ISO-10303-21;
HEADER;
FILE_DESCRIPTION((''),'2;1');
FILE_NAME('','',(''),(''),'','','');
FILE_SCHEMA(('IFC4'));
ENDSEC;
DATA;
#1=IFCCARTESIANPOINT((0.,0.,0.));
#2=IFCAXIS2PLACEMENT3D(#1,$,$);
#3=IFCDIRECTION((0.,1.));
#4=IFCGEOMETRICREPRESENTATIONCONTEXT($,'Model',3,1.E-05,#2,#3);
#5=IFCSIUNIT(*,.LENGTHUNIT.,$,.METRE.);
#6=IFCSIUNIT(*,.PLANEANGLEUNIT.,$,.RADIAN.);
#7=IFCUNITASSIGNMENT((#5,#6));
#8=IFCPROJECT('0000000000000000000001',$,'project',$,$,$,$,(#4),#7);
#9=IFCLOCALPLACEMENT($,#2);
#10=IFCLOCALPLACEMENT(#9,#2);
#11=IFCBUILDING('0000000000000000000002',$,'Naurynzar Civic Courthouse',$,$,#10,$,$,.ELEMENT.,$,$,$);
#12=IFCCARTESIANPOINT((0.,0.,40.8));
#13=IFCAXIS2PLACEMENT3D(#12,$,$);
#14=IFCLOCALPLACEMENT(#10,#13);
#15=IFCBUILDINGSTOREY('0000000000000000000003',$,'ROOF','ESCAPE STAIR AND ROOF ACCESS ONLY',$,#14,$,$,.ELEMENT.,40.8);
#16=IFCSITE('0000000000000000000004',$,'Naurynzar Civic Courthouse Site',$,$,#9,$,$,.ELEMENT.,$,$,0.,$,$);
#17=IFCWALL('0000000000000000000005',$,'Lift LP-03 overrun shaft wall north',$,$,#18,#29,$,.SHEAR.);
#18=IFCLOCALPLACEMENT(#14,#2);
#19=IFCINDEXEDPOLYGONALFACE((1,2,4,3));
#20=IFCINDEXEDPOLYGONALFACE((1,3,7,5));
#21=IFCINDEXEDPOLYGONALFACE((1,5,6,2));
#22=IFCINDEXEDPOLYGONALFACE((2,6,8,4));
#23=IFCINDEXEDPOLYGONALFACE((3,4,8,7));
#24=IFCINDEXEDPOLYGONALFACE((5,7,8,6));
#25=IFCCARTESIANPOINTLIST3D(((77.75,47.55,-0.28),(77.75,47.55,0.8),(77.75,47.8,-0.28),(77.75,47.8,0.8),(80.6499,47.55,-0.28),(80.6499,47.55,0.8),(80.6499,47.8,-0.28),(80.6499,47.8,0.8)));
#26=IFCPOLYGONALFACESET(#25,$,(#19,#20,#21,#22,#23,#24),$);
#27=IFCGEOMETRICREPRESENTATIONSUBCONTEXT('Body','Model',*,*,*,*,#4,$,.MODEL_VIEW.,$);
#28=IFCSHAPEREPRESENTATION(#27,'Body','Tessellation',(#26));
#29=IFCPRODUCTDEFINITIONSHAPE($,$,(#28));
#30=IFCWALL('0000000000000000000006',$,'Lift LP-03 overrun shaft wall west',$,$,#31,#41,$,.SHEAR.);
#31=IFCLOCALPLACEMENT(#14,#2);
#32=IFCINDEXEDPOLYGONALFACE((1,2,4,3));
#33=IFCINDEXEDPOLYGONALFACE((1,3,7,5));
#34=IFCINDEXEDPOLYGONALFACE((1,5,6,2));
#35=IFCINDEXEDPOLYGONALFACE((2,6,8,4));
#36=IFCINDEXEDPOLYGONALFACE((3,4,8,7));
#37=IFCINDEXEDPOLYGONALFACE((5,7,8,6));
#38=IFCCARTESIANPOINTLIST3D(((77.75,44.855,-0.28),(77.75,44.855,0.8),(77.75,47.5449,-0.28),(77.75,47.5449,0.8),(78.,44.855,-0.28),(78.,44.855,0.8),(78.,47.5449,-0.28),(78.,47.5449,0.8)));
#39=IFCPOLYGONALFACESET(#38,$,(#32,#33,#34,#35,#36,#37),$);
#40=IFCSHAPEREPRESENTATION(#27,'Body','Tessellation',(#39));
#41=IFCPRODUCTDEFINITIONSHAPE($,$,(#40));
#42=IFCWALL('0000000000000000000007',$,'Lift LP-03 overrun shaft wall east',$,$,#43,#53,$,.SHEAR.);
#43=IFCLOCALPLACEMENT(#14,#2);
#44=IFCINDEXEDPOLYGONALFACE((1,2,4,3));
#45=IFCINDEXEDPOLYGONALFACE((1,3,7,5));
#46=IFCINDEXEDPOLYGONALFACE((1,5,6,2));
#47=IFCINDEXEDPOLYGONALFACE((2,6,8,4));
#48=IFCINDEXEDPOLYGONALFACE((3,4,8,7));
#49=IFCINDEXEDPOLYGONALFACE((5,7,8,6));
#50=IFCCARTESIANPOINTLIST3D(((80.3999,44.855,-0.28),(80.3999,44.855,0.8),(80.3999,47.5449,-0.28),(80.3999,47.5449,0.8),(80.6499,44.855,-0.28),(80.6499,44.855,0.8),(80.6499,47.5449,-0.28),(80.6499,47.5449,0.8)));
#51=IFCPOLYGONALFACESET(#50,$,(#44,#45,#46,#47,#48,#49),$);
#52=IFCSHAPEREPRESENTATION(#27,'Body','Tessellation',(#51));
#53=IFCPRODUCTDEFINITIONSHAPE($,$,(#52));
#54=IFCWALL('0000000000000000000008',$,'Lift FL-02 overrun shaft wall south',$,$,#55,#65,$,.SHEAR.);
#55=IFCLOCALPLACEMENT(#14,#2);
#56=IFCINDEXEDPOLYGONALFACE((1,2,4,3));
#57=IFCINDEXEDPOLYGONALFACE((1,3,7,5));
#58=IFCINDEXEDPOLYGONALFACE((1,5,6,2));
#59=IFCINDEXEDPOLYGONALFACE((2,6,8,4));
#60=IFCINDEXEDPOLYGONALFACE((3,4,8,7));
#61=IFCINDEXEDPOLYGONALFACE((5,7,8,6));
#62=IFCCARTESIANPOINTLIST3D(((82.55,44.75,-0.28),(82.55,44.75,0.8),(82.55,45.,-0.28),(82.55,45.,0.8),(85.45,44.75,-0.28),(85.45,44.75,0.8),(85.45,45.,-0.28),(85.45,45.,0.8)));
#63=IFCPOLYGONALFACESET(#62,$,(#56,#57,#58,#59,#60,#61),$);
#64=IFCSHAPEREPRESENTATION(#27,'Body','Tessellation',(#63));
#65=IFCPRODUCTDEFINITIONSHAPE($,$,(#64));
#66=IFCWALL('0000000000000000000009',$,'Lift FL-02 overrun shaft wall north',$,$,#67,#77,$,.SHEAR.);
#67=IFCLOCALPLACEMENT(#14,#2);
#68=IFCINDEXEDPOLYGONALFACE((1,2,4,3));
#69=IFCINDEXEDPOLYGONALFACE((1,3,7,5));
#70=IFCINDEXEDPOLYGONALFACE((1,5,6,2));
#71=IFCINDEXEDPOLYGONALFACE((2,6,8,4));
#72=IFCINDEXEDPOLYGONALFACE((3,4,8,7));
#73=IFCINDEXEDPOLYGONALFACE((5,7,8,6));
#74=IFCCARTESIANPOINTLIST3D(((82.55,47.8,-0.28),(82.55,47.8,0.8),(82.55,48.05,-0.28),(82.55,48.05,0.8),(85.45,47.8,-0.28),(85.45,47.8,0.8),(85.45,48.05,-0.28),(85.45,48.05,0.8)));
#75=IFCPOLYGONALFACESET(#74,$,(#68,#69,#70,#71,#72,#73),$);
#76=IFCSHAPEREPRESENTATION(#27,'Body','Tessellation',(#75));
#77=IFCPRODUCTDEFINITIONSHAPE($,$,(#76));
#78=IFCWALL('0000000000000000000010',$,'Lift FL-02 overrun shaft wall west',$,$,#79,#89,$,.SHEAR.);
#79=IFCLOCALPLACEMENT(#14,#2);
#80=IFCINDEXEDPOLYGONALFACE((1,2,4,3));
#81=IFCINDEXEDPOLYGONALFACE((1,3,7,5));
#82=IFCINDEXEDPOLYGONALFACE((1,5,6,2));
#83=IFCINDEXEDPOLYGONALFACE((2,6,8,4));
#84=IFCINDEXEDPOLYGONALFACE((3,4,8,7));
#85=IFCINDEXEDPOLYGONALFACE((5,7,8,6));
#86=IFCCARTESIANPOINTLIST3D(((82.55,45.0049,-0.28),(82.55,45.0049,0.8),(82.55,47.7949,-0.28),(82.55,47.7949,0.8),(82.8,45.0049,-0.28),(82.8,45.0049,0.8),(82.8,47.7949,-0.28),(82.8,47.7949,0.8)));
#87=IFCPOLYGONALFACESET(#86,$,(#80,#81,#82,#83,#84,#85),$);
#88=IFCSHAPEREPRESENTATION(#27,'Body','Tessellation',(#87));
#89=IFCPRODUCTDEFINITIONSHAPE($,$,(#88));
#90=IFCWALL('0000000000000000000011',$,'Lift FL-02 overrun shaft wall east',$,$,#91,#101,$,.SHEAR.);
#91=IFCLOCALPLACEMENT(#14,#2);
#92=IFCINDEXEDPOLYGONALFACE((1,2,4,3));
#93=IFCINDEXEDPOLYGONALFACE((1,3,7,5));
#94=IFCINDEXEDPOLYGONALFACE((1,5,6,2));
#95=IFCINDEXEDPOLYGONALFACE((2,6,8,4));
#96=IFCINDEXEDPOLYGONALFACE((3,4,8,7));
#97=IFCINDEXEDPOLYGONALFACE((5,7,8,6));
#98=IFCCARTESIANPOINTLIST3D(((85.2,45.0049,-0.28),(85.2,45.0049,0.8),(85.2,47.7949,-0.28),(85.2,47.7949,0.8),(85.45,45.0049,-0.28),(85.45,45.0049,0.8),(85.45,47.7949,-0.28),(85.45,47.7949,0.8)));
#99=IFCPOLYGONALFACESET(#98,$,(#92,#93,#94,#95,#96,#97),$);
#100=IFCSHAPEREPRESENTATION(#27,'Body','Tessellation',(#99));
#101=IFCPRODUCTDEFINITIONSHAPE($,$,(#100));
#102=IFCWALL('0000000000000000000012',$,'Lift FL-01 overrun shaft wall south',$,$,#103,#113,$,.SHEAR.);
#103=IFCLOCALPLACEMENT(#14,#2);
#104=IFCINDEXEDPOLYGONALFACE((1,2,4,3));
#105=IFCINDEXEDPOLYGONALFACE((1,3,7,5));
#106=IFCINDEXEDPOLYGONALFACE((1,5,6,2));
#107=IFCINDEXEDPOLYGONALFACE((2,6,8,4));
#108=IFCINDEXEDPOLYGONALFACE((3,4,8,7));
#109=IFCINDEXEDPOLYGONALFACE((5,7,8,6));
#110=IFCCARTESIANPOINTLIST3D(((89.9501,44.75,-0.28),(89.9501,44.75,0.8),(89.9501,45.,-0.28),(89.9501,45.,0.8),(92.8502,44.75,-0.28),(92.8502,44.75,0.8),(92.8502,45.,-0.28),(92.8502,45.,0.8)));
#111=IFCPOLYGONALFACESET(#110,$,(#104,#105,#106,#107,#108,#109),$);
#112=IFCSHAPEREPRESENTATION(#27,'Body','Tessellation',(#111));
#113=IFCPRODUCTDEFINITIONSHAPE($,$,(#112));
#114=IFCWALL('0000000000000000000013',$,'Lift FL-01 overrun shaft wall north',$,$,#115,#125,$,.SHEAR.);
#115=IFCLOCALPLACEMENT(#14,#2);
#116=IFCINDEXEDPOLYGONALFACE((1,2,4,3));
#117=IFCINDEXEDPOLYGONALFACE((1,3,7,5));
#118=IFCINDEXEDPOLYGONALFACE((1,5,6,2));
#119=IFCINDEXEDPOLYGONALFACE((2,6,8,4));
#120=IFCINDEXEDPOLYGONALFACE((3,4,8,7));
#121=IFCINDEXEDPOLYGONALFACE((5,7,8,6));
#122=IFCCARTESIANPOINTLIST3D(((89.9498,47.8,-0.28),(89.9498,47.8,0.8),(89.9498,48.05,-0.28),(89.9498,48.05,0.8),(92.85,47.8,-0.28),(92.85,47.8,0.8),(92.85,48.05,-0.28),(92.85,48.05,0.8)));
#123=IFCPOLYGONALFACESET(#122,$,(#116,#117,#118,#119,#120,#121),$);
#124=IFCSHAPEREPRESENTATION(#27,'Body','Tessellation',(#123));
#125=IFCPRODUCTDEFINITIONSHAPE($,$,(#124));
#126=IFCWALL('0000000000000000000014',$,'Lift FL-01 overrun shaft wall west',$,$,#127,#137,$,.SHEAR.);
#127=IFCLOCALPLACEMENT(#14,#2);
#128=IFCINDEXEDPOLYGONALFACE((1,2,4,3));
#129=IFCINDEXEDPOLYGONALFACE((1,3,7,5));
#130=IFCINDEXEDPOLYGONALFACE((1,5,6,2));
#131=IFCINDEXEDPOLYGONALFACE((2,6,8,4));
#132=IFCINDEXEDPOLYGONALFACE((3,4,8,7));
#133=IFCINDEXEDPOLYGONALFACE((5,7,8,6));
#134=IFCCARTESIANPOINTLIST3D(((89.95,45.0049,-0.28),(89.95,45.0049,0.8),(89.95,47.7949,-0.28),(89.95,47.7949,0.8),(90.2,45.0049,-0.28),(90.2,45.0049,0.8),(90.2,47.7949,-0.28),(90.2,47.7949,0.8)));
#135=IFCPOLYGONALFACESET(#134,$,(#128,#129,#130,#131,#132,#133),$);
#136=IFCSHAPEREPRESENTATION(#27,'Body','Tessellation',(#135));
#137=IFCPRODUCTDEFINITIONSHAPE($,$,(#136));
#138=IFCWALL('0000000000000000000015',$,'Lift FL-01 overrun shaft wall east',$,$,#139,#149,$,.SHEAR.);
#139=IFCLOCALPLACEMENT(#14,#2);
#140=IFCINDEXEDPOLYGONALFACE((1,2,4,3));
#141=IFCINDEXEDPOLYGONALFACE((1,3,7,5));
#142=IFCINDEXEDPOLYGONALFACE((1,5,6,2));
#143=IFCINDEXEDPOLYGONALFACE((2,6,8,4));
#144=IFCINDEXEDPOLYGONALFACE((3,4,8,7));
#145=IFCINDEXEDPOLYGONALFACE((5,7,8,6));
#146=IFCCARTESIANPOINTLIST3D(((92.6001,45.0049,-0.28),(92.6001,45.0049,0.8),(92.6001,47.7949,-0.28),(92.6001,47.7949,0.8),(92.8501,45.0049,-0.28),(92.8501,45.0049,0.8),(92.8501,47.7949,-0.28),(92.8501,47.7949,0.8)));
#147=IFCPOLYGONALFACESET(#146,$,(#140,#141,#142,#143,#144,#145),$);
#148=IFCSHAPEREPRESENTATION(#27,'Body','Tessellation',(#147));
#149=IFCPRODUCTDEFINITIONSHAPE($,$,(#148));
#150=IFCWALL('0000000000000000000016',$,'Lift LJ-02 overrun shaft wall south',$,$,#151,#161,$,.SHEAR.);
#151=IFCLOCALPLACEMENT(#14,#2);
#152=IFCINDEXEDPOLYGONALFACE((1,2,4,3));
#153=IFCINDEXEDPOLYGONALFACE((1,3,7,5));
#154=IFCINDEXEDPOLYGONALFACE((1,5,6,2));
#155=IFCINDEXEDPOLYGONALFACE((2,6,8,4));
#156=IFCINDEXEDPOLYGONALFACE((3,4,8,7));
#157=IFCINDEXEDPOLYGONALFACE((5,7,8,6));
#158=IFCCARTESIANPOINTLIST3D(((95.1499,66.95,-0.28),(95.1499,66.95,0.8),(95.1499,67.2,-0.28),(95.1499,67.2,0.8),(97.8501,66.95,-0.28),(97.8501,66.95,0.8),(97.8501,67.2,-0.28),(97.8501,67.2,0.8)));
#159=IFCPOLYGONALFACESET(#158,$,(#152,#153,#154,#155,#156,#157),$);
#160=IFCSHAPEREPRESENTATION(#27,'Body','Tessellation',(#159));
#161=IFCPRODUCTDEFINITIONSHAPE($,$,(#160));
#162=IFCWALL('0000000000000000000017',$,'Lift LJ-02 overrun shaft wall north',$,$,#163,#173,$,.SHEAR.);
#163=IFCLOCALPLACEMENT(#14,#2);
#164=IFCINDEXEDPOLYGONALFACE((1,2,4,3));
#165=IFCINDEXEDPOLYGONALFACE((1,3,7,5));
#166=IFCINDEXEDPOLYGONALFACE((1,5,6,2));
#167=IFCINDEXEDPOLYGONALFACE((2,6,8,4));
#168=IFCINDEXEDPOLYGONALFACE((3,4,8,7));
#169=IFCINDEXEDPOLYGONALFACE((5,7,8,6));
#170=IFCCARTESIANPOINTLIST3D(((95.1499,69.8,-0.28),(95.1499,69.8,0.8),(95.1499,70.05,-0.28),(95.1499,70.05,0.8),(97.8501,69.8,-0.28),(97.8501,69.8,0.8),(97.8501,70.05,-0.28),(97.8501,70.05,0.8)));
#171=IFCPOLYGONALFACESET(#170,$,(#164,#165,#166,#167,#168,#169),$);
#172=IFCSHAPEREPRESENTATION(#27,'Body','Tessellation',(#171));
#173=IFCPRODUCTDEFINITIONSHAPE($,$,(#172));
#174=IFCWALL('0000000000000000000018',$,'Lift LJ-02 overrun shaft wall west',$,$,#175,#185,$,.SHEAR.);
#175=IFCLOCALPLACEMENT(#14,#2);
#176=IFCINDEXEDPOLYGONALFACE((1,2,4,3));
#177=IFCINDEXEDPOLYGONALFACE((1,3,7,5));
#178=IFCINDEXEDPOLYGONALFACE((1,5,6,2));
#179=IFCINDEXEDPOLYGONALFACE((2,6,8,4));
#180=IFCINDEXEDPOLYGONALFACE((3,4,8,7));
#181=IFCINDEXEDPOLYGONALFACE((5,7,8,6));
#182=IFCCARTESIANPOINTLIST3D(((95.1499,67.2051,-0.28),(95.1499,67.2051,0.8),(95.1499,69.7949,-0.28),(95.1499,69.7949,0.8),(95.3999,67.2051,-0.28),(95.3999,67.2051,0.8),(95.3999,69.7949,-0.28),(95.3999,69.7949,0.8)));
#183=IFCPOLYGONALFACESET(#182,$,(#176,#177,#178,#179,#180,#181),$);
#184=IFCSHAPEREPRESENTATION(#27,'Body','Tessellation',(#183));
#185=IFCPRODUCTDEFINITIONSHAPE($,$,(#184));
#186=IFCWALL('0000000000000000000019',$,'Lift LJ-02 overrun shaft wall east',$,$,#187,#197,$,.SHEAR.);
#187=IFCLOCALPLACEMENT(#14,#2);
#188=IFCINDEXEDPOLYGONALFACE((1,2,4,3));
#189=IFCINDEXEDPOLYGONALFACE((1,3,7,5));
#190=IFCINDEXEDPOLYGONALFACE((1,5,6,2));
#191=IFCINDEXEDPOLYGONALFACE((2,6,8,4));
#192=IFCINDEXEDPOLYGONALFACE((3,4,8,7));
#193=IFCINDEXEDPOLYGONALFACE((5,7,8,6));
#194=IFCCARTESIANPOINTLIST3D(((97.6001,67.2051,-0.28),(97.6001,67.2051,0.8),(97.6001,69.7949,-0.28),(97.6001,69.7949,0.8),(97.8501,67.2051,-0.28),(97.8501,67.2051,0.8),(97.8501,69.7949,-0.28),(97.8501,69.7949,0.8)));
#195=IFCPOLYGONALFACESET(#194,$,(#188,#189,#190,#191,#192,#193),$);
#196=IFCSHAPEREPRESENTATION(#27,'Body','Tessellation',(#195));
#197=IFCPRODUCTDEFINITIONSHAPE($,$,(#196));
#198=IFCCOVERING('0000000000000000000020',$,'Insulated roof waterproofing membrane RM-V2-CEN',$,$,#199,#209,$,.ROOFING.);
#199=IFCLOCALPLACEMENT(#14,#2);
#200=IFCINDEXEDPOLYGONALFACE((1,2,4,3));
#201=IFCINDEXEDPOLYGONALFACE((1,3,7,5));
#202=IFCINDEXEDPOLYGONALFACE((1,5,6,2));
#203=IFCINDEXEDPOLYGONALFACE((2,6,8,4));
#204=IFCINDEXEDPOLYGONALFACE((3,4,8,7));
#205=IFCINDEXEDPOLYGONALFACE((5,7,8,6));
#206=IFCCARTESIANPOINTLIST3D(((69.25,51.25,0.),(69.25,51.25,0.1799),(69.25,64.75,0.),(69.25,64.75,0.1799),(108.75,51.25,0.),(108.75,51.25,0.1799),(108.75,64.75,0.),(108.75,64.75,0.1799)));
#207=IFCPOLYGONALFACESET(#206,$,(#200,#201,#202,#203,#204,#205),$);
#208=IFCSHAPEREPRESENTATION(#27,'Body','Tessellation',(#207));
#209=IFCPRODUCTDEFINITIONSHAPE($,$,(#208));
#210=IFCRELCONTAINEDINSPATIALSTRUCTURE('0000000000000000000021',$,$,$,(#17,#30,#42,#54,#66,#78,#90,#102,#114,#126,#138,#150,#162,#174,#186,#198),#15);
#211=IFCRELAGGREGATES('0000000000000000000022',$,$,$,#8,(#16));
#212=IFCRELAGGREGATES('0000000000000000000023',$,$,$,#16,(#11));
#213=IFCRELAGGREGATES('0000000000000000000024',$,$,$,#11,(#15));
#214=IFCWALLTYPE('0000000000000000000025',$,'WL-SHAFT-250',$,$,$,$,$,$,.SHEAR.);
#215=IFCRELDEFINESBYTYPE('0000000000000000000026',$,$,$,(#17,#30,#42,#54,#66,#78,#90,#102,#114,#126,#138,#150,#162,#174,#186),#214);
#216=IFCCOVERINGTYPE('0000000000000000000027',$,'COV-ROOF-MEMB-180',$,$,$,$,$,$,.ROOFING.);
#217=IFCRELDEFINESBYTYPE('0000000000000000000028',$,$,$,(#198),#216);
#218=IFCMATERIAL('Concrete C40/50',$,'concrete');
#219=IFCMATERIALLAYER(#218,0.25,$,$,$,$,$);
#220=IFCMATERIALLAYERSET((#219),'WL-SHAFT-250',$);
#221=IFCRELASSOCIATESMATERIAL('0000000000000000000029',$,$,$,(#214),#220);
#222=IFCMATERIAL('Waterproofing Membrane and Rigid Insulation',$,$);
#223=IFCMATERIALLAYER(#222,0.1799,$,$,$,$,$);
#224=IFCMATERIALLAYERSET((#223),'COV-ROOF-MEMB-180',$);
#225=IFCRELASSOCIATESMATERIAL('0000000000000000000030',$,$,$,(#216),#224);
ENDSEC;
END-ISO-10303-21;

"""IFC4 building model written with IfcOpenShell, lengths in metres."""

from ifc_helpers import new_model, si_unit, direction, frame, frame_2d, origin, place, context, subcontext, project, spatial, polyline, rectangle, outline, extrude, material, layer, layer_set, type_object, element, save


model = new_model("IFC4")

# Units and contexts
model_context = context("Model", 3, precision=1e-05, world=origin(), true_north=direction((0.0, 1.0)))
body_context = subcontext(model_context, "Body", "Model", "MODEL_VIEW")
ifc_project = project(units=[si_unit("LENGTHUNIT", "METRE"), si_unit("PLANEANGLEUNIT", "RADIAN")], contexts=[model_context])

# Site, building, storey
site_placement = place(None, origin())
site = spatial("IfcSite", under=ifc_project, at=site_placement, Name="Naurynzar Civic Courthouse Site", CompositionType="ELEMENT", RefElevation=0.0)
building_placement = place(site_placement, origin())
building = spatial("IfcBuilding", under=site, at=building_placement, Name="Naurynzar Civic Courthouse", CompositionType="ELEMENT")
storey_placement = place(building_placement, frame((0.0, 0.0, 40.8)))
storey = spatial("IfcBuildingStorey", under=building, at=storey_placement, Name="ROOF", Description="ESCAPE STAIR AND ROOF ACCESS ONLY", CompositionType="ELEMENT", Elevation=40.8)

# Walls
ifc_material_1 = material(Name="Concrete C40/50", Category="concrete")
ifc_layer_1 = layer(ifc_material_1, 0.25)
ifc_layer_set_1 = layer_set([ifc_layer_1], Name="WL-SHAFT-250")
wall_type_1 = type_object("IfcWallType", Name="WL-SHAFT-250", PredefinedType="SHEAR", material=ifc_layer_set_1)
for number, where, z_axis, x_axis, name in (
    (1, (80.6499, 47.675, -0.28), (0.0, 0.0, 1.0), (-1.0, 0.0, 0.0), "Lift LP-03 overrun shaft wall north"),
):
    element("IfcWall", number, at=place(storey_placement, frame(where, z_axis=z_axis, x_axis=x_axis)), inside=storey, type_object=wall_type_1, Name=name, PredefinedType="SHEAR", context=body_context, shape_type="SweptSolid", body=[
        extrude(rectangle(XDim=2.8999, YDim=0.25, at=frame_2d((1.45, 0.0))), origin(), (0.0, 0.0, 1.0), 1.0801),
    ])
for number, where, z_axis, x_axis, name in (
    (2, (77.875, 47.5449, -0.28), (0.0, 0.0, 1.0), (0.0, -1.0, 0.0), "Lift LP-03 overrun shaft wall west"),
    (3, (80.5249, 44.855, -0.28), (0.0, 0.0, 1.0), (0.0, 1.0, 0.0), "Lift LP-03 overrun shaft wall east"),
):
    element("IfcWall", number, at=place(storey_placement, frame(where, z_axis=z_axis, x_axis=x_axis)), inside=storey, type_object=wall_type_1, Name=name, PredefinedType="SHEAR", context=body_context, shape_type="SweptSolid", body=[
        extrude(rectangle(XDim=2.6899, YDim=0.25, at=frame_2d((1.345, 0.0))), origin(), (0.0, 0.0, 1.0), 1.0801),
    ])
for number, where, z_axis, x_axis, name in (
    (4, (82.55, 44.875, -0.28), (0.0, 0.0, 1.0), (1.0, 0.0, 0.0), "Lift FL-02 overrun shaft wall south"),
    (5, (85.45, 47.925, -0.28), (0.0, 0.0, 1.0), (-1.0, 0.0, 0.0), "Lift FL-02 overrun shaft wall north"),
):
    element("IfcWall", number, at=place(storey_placement, frame(where, z_axis=z_axis, x_axis=x_axis)), inside=storey, type_object=wall_type_1, Name=name, PredefinedType="SHEAR", context=body_context, shape_type="SweptSolid", body=[
        extrude(rectangle(XDim=2.8999, YDim=0.25, at=frame_2d((1.45, 0.0))), origin(), (0.0, 0.0, 1.0), 1.0801),
    ])
for number, where, z_axis, x_axis, name in (
    (6, (82.675, 47.7949, -0.28), (0.0, 0.0, 1.0), (0.0, -1.0, 0.0), "Lift FL-02 overrun shaft wall west"),
    (7, (85.325, 45.0049, -0.28), (0.0, 0.0, 1.0), (0.0, 1.0, 0.0), "Lift FL-02 overrun shaft wall east"),
):
    element("IfcWall", number, at=place(storey_placement, frame(where, z_axis=z_axis, x_axis=x_axis)), inside=storey, type_object=wall_type_1, Name=name, PredefinedType="SHEAR", context=body_context, shape_type="SweptSolid", body=[
        extrude(rectangle(XDim=2.79, YDim=0.25, at=frame_2d((1.395, 0.0))), origin(), (0.0, 0.0, 1.0), 1.0801),
    ])
for number, where, z_axis, x_axis, name in (
    (8, (89.95, 44.875, -0.28), (0.0, 0.0, 1.0), (1.0, 0.0, 0.0), "Lift FL-01 overrun shaft wall south"),
    (9, (92.8501, 47.925, -0.28), (0.0, 0.0, 1.0), (-1.0, 0.0, 0.0), "Lift FL-01 overrun shaft wall north"),
):
    element("IfcWall", number, at=place(storey_placement, frame(where, z_axis=z_axis, x_axis=x_axis)), inside=storey, type_object=wall_type_1, Name=name, PredefinedType="SHEAR", context=body_context, shape_type="SweptSolid", body=[
        extrude(rectangle(XDim=2.9001, YDim=0.25, at=frame_2d((1.4502, 0.0))), origin(), (0.0, 0.0, 1.0), 1.0801),
    ])
for number, where, z_axis, x_axis, name in (
    (10, (90.075, 47.7949, -0.28), (0.0, 0.0, 1.0), (0.0, -1.0, 0.0), "Lift FL-01 overrun shaft wall west"),
    (11, (92.7251, 45.0049, -0.28), (0.0, 0.0, 1.0), (0.0, 1.0, 0.0), "Lift FL-01 overrun shaft wall east"),
):
    element("IfcWall", number, at=place(storey_placement, frame(where, z_axis=z_axis, x_axis=x_axis)), inside=storey, type_object=wall_type_1, Name=name, PredefinedType="SHEAR", context=body_context, shape_type="SweptSolid", body=[
        extrude(rectangle(XDim=2.79, YDim=0.25, at=frame_2d((1.395, 0.0))), origin(), (0.0, 0.0, 1.0), 1.0801),
    ])
for number, where, z_axis, x_axis, name in (
    (12, (95.1499, 67.075, -0.28), (0.0, 0.0, 1.0), (1.0, 0.0, 0.0), "Lift LJ-02 overrun shaft wall south"),
    (13, (97.8501, 69.925, -0.28), (0.0, 0.0, 1.0), (-1.0, 0.0, 0.0), "Lift LJ-02 overrun shaft wall north"),
):
    element("IfcWall", number, at=place(storey_placement, frame(where, z_axis=z_axis, x_axis=x_axis)), inside=storey, type_object=wall_type_1, Name=name, PredefinedType="SHEAR", context=body_context, shape_type="SweptSolid", body=[
        extrude(rectangle(XDim=2.7002, YDim=0.25, at=frame_2d((1.3501, 0.0))), origin(), (0.0, 0.0, 1.0), 1.0801),
    ])
for number, where, z_axis, x_axis, name in (
    (14, (95.2749, 69.7949, -0.28), (0.0, 0.0, 1.0), (0.0, -1.0, 0.0), "Lift LJ-02 overrun shaft wall west"),
    (15, (97.7251, 67.2051, -0.28), (0.0, 0.0, 1.0), (0.0, 1.0, 0.0), "Lift LJ-02 overrun shaft wall east"),
):
    element("IfcWall", number, at=place(storey_placement, frame(where, z_axis=z_axis, x_axis=x_axis)), inside=storey, type_object=wall_type_1, Name=name, PredefinedType="SHEAR", context=body_context, shape_type="SweptSolid", body=[
        extrude(rectangle(XDim=2.5898, YDim=0.25, at=frame_2d((1.2949, 0.0))), origin(), (0.0, 0.0, 1.0), 1.0801),
    ])

# Covering
ifc_material_2 = material(Name="Waterproofing Membrane and Rigid Insulation")
ifc_layer_2 = layer(ifc_material_2, 0.1799)
ifc_layer_set_2 = layer_set([ifc_layer_2], Name="COV-ROOF-MEMB-180")
covering_type = type_object("IfcCoveringType", Name="COV-ROOF-MEMB-180", PredefinedType="ROOFING", material=ifc_layer_set_2)
covering_placement = place(storey_placement, origin())
element("IfcCovering", 16, at=covering_placement, inside=storey, type_object=covering_type, Name="Insulated roof waterproofing membrane RM-V2-CEN", PredefinedType="ROOFING", context=body_context, shape_type="SweptSolid", body=[
    extrude(outline(polyline([(69.25, 51.25), (108.75, 51.25), (108.75, 64.75), (69.25, 64.75), (69.25, 51.25)])), origin(), (0.0, 0.0, 1.0), 0.1799),
])

save(model, "model.ifc")
